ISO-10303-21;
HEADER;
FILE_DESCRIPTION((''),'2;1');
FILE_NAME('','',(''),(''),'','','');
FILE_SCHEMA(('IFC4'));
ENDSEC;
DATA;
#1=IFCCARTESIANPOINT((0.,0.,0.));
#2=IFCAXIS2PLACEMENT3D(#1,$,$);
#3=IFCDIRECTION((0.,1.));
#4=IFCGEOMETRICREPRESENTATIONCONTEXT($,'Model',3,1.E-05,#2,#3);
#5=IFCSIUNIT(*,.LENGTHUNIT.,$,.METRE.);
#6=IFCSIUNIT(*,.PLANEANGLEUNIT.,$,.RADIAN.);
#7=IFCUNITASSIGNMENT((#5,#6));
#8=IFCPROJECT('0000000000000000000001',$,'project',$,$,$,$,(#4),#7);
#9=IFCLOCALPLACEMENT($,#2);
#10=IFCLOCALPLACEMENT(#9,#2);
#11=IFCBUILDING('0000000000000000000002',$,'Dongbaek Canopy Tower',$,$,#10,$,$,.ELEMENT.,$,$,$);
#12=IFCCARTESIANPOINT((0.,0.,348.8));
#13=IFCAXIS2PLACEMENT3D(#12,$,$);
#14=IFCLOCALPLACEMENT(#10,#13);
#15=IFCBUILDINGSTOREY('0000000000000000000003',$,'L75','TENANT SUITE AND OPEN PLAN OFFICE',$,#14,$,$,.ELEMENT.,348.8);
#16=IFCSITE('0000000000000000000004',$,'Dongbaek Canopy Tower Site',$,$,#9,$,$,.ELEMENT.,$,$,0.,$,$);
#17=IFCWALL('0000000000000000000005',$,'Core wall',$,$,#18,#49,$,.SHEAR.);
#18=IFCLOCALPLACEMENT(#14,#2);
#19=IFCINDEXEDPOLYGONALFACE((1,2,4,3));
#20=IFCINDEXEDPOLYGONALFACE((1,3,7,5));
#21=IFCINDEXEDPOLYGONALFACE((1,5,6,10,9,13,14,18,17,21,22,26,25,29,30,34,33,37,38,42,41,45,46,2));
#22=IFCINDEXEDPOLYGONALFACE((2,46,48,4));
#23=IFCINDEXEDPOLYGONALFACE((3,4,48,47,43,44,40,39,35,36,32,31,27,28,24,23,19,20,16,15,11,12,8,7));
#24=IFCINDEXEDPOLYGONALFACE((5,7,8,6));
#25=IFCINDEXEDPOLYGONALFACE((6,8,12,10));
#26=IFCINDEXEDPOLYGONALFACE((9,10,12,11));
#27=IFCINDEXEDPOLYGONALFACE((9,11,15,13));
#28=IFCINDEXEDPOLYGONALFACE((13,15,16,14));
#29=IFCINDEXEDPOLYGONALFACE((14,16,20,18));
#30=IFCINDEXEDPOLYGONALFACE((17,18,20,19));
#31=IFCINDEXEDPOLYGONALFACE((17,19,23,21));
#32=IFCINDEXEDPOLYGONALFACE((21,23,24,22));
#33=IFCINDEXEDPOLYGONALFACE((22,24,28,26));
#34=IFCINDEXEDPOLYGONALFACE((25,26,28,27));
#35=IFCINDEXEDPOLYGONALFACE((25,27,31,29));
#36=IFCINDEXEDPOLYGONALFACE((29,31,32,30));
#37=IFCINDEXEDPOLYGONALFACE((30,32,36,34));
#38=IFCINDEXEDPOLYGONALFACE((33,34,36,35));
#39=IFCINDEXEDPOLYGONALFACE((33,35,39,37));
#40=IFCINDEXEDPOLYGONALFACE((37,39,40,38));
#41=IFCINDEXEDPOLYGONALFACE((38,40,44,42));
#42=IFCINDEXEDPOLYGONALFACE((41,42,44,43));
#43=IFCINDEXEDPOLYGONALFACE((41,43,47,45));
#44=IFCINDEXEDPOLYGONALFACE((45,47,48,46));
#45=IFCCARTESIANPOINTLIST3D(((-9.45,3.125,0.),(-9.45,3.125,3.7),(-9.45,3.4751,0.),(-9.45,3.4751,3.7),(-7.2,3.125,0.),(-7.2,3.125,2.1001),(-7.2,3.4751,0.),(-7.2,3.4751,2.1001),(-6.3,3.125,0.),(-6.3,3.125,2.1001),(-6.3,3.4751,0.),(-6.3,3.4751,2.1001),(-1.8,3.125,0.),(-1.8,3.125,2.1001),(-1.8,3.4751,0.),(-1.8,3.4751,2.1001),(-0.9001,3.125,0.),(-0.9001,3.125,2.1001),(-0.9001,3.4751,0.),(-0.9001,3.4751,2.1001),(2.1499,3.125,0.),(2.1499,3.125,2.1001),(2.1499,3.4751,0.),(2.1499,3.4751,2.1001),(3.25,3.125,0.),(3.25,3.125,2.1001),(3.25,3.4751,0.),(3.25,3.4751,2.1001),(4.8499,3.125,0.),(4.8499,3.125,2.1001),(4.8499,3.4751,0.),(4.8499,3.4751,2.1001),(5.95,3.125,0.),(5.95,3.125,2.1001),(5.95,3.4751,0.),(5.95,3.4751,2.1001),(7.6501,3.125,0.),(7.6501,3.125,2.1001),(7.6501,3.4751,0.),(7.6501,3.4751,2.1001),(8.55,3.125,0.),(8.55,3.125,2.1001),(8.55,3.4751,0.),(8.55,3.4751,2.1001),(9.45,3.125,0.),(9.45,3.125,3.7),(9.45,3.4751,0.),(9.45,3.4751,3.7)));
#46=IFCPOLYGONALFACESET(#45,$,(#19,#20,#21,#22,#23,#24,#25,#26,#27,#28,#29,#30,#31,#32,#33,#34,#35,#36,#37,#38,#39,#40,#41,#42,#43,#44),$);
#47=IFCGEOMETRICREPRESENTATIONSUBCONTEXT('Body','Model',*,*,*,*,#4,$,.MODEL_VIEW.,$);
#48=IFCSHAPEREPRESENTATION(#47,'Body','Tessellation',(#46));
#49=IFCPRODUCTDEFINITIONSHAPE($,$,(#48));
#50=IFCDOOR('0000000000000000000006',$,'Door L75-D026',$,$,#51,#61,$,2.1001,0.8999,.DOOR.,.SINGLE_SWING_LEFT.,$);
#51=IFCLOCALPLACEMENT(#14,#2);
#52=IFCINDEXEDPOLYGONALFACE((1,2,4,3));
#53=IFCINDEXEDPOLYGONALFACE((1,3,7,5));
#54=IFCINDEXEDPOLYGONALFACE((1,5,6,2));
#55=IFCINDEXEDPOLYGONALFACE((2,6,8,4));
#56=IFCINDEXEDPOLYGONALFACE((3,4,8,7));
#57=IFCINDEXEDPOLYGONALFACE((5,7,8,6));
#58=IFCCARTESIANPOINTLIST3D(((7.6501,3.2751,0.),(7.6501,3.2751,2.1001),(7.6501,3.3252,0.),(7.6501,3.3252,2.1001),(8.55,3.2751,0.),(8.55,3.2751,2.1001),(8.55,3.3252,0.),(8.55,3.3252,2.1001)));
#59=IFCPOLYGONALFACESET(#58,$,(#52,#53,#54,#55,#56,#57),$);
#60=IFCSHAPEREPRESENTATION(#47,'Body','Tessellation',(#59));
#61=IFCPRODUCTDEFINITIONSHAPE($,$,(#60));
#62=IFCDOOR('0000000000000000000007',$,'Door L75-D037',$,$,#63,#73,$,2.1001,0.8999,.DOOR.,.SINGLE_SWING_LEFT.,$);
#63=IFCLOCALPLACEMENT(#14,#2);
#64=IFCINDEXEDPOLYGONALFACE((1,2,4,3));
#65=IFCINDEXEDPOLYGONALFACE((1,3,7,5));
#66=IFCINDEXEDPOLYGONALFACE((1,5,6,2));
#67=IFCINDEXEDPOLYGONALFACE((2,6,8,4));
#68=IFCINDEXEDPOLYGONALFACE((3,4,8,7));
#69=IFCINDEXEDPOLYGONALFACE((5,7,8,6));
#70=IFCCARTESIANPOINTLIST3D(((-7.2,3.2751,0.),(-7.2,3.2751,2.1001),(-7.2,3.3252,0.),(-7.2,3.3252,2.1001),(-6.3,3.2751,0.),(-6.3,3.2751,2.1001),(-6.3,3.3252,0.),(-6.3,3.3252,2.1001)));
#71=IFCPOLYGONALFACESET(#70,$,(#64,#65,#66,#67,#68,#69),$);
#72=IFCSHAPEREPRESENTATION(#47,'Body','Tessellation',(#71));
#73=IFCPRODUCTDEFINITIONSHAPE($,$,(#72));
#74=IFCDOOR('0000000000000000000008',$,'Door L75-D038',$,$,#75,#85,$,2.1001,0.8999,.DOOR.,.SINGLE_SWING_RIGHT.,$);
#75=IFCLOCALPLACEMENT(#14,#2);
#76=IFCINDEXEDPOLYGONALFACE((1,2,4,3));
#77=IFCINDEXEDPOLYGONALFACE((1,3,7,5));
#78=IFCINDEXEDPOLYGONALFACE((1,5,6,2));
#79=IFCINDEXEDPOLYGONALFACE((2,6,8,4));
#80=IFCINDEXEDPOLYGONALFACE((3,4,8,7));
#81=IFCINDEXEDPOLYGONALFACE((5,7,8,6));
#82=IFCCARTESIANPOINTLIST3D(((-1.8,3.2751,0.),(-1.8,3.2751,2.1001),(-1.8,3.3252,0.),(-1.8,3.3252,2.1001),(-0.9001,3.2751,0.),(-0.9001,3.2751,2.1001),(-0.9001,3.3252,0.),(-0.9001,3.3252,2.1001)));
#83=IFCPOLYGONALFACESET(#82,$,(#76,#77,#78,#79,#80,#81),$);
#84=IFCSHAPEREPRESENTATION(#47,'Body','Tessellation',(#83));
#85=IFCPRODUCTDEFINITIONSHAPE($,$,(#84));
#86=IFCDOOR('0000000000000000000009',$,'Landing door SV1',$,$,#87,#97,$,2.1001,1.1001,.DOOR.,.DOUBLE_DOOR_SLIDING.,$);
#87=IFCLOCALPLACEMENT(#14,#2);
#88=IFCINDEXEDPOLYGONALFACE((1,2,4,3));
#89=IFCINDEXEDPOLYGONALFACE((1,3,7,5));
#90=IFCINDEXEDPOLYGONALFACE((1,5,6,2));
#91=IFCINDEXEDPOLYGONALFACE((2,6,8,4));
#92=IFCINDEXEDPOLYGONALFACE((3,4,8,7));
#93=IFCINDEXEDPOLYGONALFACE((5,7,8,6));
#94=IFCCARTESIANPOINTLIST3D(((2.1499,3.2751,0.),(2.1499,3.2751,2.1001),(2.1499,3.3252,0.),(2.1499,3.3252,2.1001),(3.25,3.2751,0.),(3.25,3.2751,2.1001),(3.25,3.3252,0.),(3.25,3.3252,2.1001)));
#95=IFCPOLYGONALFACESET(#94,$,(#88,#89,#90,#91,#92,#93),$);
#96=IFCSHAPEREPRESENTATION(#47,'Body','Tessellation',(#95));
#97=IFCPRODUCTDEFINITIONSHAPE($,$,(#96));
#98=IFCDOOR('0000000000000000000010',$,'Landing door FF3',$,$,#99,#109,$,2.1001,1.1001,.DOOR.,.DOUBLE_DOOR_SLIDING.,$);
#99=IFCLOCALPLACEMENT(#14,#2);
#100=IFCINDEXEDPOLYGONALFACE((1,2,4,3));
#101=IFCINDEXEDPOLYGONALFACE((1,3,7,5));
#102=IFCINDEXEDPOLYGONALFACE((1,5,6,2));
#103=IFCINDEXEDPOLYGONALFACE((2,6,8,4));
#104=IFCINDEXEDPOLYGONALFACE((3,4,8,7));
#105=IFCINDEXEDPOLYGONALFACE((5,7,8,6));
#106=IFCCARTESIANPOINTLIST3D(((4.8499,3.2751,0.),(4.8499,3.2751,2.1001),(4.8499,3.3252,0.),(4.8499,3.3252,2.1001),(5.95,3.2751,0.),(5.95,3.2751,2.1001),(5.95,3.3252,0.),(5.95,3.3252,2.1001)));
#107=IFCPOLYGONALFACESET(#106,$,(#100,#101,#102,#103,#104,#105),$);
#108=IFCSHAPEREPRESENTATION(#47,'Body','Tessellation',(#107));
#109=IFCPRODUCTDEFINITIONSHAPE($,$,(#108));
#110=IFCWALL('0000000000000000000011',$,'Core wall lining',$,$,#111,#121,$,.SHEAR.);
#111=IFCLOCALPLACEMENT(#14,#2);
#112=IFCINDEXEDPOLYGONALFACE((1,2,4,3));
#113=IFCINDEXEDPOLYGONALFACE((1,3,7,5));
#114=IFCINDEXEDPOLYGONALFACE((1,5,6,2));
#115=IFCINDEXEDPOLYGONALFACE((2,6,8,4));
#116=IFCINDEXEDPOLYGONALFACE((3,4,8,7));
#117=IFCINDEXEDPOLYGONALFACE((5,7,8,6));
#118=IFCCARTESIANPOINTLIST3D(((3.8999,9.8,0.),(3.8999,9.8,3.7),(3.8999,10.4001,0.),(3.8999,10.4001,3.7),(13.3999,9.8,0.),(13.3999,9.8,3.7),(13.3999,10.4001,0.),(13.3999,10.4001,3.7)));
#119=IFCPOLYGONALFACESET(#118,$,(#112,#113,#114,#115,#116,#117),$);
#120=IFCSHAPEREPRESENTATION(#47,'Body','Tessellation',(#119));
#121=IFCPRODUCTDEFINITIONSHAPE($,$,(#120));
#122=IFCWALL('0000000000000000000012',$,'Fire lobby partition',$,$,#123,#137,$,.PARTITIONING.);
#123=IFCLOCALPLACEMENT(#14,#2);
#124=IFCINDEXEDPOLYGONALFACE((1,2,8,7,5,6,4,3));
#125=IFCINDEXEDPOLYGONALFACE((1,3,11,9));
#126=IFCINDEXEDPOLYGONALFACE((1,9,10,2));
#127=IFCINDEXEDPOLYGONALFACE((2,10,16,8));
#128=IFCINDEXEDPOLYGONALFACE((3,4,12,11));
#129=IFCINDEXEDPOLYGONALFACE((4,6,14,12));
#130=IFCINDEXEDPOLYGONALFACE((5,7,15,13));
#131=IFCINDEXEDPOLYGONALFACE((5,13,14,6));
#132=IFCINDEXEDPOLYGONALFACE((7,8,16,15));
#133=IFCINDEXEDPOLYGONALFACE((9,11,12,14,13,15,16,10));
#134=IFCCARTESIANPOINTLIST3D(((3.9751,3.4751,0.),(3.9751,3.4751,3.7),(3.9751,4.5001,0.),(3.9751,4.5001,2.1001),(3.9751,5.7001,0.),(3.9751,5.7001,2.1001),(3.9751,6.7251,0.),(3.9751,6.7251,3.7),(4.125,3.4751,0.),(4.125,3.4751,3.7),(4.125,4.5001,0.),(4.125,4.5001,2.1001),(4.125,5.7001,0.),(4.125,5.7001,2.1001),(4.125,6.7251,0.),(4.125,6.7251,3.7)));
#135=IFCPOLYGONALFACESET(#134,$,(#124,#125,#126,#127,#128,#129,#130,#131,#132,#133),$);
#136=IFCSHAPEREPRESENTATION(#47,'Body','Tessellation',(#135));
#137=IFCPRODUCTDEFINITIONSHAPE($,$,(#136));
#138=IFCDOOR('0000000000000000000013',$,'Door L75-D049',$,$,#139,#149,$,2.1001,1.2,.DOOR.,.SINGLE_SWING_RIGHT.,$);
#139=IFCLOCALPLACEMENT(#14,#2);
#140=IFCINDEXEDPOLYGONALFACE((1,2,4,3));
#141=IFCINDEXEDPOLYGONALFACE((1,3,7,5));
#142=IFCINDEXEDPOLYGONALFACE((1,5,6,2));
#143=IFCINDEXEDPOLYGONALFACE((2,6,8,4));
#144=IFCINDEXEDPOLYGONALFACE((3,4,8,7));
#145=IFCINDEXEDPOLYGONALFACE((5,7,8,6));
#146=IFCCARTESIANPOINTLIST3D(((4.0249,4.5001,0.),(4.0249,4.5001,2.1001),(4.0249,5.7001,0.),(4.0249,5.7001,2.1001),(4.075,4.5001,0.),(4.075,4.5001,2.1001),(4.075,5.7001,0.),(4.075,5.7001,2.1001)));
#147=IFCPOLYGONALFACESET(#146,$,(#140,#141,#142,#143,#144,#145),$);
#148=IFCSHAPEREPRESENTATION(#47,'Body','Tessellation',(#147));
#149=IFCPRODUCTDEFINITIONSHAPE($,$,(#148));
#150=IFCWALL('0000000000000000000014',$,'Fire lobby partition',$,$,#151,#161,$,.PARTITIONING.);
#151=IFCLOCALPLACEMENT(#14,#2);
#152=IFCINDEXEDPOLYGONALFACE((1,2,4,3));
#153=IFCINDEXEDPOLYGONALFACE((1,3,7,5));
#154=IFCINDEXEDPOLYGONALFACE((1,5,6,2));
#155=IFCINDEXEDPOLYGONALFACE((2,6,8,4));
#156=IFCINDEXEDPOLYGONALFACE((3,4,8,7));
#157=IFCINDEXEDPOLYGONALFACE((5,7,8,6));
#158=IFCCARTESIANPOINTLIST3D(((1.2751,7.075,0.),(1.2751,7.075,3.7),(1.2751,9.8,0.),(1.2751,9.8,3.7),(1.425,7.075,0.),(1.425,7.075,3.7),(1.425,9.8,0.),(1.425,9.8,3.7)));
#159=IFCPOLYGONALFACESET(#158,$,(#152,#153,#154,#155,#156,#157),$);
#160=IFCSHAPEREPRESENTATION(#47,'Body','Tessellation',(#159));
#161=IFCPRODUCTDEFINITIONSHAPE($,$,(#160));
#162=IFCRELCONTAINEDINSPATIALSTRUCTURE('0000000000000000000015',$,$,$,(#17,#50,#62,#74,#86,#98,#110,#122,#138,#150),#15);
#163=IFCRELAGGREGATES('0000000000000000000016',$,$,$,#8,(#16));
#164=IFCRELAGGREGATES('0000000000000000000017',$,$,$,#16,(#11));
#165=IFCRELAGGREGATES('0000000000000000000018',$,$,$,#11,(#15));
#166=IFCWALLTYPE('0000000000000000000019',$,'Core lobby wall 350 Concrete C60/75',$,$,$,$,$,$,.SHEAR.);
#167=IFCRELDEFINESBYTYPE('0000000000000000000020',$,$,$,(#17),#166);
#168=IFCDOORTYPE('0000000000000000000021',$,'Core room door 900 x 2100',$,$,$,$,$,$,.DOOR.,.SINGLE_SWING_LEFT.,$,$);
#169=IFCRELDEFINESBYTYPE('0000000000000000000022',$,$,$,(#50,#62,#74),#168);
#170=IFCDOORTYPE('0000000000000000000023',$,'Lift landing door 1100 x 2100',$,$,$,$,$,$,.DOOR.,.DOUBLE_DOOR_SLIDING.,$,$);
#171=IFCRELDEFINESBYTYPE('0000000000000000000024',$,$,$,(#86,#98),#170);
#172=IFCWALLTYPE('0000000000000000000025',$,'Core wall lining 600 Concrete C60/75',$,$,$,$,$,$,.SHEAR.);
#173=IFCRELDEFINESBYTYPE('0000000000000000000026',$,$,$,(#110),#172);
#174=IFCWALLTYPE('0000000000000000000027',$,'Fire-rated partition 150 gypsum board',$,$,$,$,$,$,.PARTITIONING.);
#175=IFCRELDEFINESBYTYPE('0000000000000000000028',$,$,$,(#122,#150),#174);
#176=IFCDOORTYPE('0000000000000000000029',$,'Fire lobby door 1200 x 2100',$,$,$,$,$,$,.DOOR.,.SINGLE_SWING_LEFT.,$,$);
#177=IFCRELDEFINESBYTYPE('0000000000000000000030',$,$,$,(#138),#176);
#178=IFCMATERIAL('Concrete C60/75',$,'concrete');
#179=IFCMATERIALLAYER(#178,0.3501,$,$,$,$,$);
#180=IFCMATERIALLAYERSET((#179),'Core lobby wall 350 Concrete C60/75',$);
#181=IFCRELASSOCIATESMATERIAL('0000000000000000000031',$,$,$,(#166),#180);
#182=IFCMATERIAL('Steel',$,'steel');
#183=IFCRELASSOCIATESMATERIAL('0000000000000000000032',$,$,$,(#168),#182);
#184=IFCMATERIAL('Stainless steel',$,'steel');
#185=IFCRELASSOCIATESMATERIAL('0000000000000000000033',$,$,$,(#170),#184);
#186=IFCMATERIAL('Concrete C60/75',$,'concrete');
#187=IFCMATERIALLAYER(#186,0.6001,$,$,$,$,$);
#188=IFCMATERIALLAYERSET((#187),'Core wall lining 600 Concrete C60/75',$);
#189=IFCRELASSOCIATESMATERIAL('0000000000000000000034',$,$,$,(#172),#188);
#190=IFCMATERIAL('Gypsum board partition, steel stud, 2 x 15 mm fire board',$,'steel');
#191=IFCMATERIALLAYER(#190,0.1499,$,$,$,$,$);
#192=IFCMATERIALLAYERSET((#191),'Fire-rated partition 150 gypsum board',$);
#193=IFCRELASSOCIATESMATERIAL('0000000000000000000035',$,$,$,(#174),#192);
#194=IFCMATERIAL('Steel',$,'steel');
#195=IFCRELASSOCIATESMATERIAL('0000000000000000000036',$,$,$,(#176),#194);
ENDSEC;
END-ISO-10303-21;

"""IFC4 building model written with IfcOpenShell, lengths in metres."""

from ifc_helpers import new_model, si_unit, direction, frame, frame_2d, origin, place, context, subcontext, project, spatial, rectangle, extrude, material, layer, layer_set, type_object, element, fill, save


model = new_model("IFC4")

# Units and contexts
model_context = context("Model", 3, precision=1e-05, world=origin(), true_north=direction((0.0, 1.0)))
body_context = subcontext(model_context, "Body", "Model", "MODEL_VIEW")
ifc_project = project(units=[si_unit("LENGTHUNIT", "METRE"), si_unit("PLANEANGLEUNIT", "RADIAN")], contexts=[model_context])

# Site, building, storey
site_placement = place(None, origin())
site = spatial("IfcSite", under=ifc_project, at=site_placement, Name="Dongbaek Canopy Tower Site", CompositionType="ELEMENT", RefElevation=0.0)
building_placement = place(site_placement, origin())
building = spatial("IfcBuilding", under=site, at=building_placement, Name="Dongbaek Canopy Tower", CompositionType="ELEMENT")
storey_placement = place(building_placement, frame((0.0, 0.0, 348.8)))
storey = spatial("IfcBuildingStorey", under=building, at=storey_placement, Name="L75", Description="TENANT SUITE AND OPEN PLAN OFFICE", CompositionType="ELEMENT", Elevation=348.8)

# Wall, openings, doors
ifc_material_1 = material(Name="Concrete C60/75", Category="concrete")
ifc_layer_1 = layer(ifc_material_1, 0.3501)
ifc_layer_set_1 = layer_set([ifc_layer_1], Name="Core lobby wall 350 Concrete C60/75")
wall_type_1 = type_object("IfcWallType", Name="Core lobby wall 350 Concrete C60/75", PredefinedType="SHEAR", material=ifc_layer_set_1)
wall_1_placement = place(storey_placement, frame((9.45, 3.3, 0.0), z_axis=(0.0, 0.0, 1.0), x_axis=(-1.0, 0.0, 0.0)))
wall_1 = element("IfcWall", 1, at=wall_1_placement, inside=storey, type_object=wall_type_1, Name="Core wall", PredefinedType="SHEAR", context=body_context, shape_type="SweptSolid", body=[
    extrude(rectangle(XDim=18.8999, YDim=0.3501, at=frame_2d((9.45, 0.0))), origin(), (0.0, 0.0, 1.0), 3.7),
])
opening_1_placement = place(wall_1_placement, frame((6.2, 0.0, 0.0)))
opening_1 = element("IfcOpeningElement", 2, at=opening_1_placement, cuts=wall_1, PredefinedType="OPENING", context=body_context, shape_type="SweptSolid", body=[
    extrude(rectangle(XDim=1.1001, YDim=2.1001, at=frame_2d((0.55, 1.05))), frame((0.0, 0.1851, 0.0), z_axis=(0.0, -1.0, 0.0), x_axis=(1.0, 0.0, 0.0)), (0.0, 0.0, 1.0), 0.3701),
])
opening_2_placement = place(wall_1_placement, frame((3.5, 0.0, 0.0)))
opening_2 = element("IfcOpeningElement", 3, at=opening_2_placement, cuts=wall_1, PredefinedType="OPENING", context=body_context, shape_type="SweptSolid", body=[
    extrude(rectangle(XDim=1.1001, YDim=2.1001, at=frame_2d((0.55, 1.05))), frame((0.0, 0.1851, 0.0), z_axis=(0.0, -1.0, 0.0), x_axis=(1.0, 0.0, 0.0)), (0.0, 0.0, 1.0), 0.3701),
])
opening_3_placement = place(wall_1_placement, frame((0.8999, 0.0, 0.0)))
opening_3 = element("IfcOpeningElement", 4, at=opening_3_placement, cuts=wall_1, PredefinedType="OPENING", context=body_context, shape_type="SweptSolid", body=[
    extrude(rectangle(XDim=0.8999, YDim=2.1001, at=frame_2d((0.45, 1.05))), frame((0.0, 0.1851, 0.0), z_axis=(0.0, -1.0, 0.0), x_axis=(1.0, 0.0, 0.0)), (0.0, 0.0, 1.0), 0.3701),
])
opening_4_placement = place(wall_1_placement, frame((15.75, 0.0, 0.0)))
opening_4 = element("IfcOpeningElement", 5, at=opening_4_placement, cuts=wall_1, PredefinedType="OPENING", context=body_context, shape_type="SweptSolid", body=[
    extrude(rectangle(XDim=0.8999, YDim=2.1001, at=frame_2d((0.45, 1.05))), frame((0.0, 0.1851, 0.0), z_axis=(0.0, -1.0, 0.0), x_axis=(1.0, 0.0, 0.0)), (0.0, 0.0, 1.0), 0.3701),
])
opening_5_placement = place(wall_1_placement, frame((10.3501, 0.0, 0.0)))
opening_5 = element("IfcOpeningElement", 6, at=opening_5_placement, cuts=wall_1, PredefinedType="OPENING", context=body_context, shape_type="SweptSolid", body=[
    extrude(rectangle(XDim=0.8999, YDim=2.1001, at=frame_2d((0.45, 1.05))), frame((0.0, 0.1851, 0.0), z_axis=(0.0, -1.0, 0.0), x_axis=(1.0, 0.0, 0.0)), (0.0, 0.0, 1.0), 0.3701),
])
ifc_material_2 = material(Name="Steel", Category="steel")
door_type_1 = type_object("IfcDoorType", Name="Core room door 900 x 2100", OperationType="SINGLE_SWING_LEFT", PredefinedType="DOOR", material=ifc_material_2)
door_1_placement = place(opening_3_placement, origin())
door_1 = element("IfcDoor", 7, at=door_1_placement, inside=storey, type_object=door_type_1, Name="Door L75-D026", OperationType="SINGLE_SWING_LEFT", OverallHeight=2.1001, OverallWidth=0.8999, PredefinedType="DOOR", context=body_context, shape_type="SweptSolid", body=[
    extrude(rectangle(XDim=0.8999, YDim=2.1001, at=frame_2d((0.45, 1.05))), frame((0.0, 0.0249, 0.0), z_axis=(0.0, -1.0, 0.0), x_axis=(1.0, 0.0, 0.0)), (0.0, 0.0, 1.0), 0.05),
])
fill(opening_3, door_1)
door_2_placement = place(opening_4_placement, origin())
door_2 = element("IfcDoor", 8, at=door_2_placement, inside=storey, type_object=door_type_1, Name="Door L75-D037", OperationType="SINGLE_SWING_LEFT", OverallHeight=2.1001, OverallWidth=0.8999, PredefinedType="DOOR", context=body_context, shape_type="SweptSolid", body=[
    extrude(rectangle(XDim=0.8999, YDim=2.1001, at=frame_2d((0.45, 1.05))), frame((0.0, 0.0249, 0.0), z_axis=(0.0, -1.0, 0.0), x_axis=(1.0, 0.0, 0.0)), (0.0, 0.0, 1.0), 0.05),
])
fill(opening_4, door_2)
door_3_placement = place(opening_5_placement, origin())
door_3 = element("IfcDoor", 9, at=door_3_placement, inside=storey, type_object=door_type_1, Name="Door L75-D038", OperationType="SINGLE_SWING_RIGHT", OverallHeight=2.1001, OverallWidth=0.8999, PredefinedType="DOOR", context=body_context, shape_type="SweptSolid", body=[
    extrude(rectangle(XDim=0.8999, YDim=2.1001, at=frame_2d((0.45, 1.05))), frame((0.0, 0.0249, 0.0), z_axis=(0.0, -1.0, 0.0), x_axis=(1.0, 0.0, 0.0)), (0.0, 0.0, 1.0), 0.05),
])
fill(opening_5, door_3)
ifc_material_3 = material(Name="Stainless steel", Category="steel")
door_type_2 = type_object("IfcDoorType", Name="Lift landing door 1100 x 2100", OperationType="DOUBLE_DOOR_SLIDING", PredefinedType="DOOR", material=ifc_material_3)
door_4_placement = place(opening_1_placement, origin())
door_4 = element("IfcDoor", 10, at=door_4_placement, inside=storey, type_object=door_type_2, Name="Landing door SV1", OperationType="DOUBLE_DOOR_SLIDING", OverallHeight=2.1001, OverallWidth=1.1001, PredefinedType="DOOR", context=body_context, shape_type="SweptSolid", body=[
    extrude(rectangle(XDim=1.1001, YDim=2.1001, at=frame_2d((0.55, 1.05))), frame((0.0, 0.0249, 0.0), z_axis=(0.0, -1.0, 0.0), x_axis=(1.0, 0.0, 0.0)), (0.0, 0.0, 1.0), 0.05),
])
fill(opening_1, door_4)
door_5_placement = place(opening_2_placement, origin())
door_5 = element("IfcDoor", 11, at=door_5_placement, inside=storey, type_object=door_type_2, Name="Landing door FF3", OperationType="DOUBLE_DOOR_SLIDING", OverallHeight=2.1001, OverallWidth=1.1001, PredefinedType="DOOR", context=body_context, shape_type="SweptSolid", body=[
    extrude(rectangle(XDim=1.1001, YDim=2.1001, at=frame_2d((0.55, 1.05))), frame((0.0, 0.0249, 0.0), z_axis=(0.0, -1.0, 0.0), x_axis=(1.0, 0.0, 0.0)), (0.0, 0.0, 1.0), 0.05),
])
fill(opening_2, door_5)

# Wall
ifc_material_4 = material(Name="Concrete C60/75", Category="concrete")
ifc_layer_2 = layer(ifc_material_4, 0.6001)
ifc_layer_set_2 = layer_set([ifc_layer_2], Name="Core wall lining 600 Concrete C60/75")
wall_type_2 = type_object("IfcWallType", Name="Core wall lining 600 Concrete C60/75", PredefinedType="SHEAR", material=ifc_layer_set_2)
wall_2_placement = place(storey_placement, frame((3.8999, 10.1001, 0.0), z_axis=(0.0, 0.0, 1.0), x_axis=(1.0, 0.0, 0.0)))
element("IfcWall", 12, at=wall_2_placement, inside=storey, type_object=wall_type_2, Name="Core wall lining", PredefinedType="SHEAR", context=body_context, shape_type="SweptSolid", body=[
    extrude(rectangle(XDim=9.5, YDim=0.6001, at=frame_2d((4.75, 0.0))), origin(), (0.0, 0.0, 1.0), 3.7),
])

# Wall, opening, door
ifc_material_5 = material(Name="Gypsum board partition, steel stud, 2 x 15 mm fire board", Category="steel")
ifc_layer_3 = layer(ifc_material_5, 0.1499)
ifc_layer_set_3 = layer_set([ifc_layer_3], Name="Fire-rated partition 150 gypsum board")
wall_type_3 = type_object("IfcWallType", Name="Fire-rated partition 150 gypsum board", PredefinedType="PARTITIONING", material=ifc_layer_set_3)
wall_3_placement = place(storey_placement, frame((4.05, 6.7251, 0.0), z_axis=(0.0, 0.0, 1.0), x_axis=(0.0, -1.0, 0.0)))
wall_3 = element("IfcWall", 13, at=wall_3_placement, inside=storey, type_object=wall_type_3, Name="Fire lobby partition", PredefinedType="PARTITIONING", context=body_context, shape_type="SweptSolid", body=[
    extrude(rectangle(XDim=3.25, YDim=0.1499, at=frame_2d((1.625, 0.0))), origin(), (0.0, 0.0, 1.0), 3.7),
])
opening_6_placement = place(wall_3_placement, frame((1.0249, 0.0, 0.0)))
opening_6 = element("IfcOpeningElement", 14, at=opening_6_placement, cuts=wall_3, PredefinedType="OPENING", context=body_context, shape_type="SweptSolid", body=[
    extrude(rectangle(XDim=1.2, YDim=2.1001, at=frame_2d((0.6001, 1.05))), frame((0.0, 0.085, 0.0), z_axis=(0.0, -1.0, 0.0), x_axis=(1.0, 0.0, 0.0)), (0.0, 0.0, 1.0), 0.1699),
])
ifc_material_6 = material(Name="Steel", Category="steel")
door_type_3 = type_object("IfcDoorType", Name="Fire lobby door 1200 x 2100", OperationType="SINGLE_SWING_LEFT", PredefinedType="DOOR", material=ifc_material_6)
door_6_placement = place(opening_6_placement, origin())
door_6 = element("IfcDoor", 15, at=door_6_placement, inside=storey, type_object=door_type_3, Name="Door L75-D049", OperationType="SINGLE_SWING_RIGHT", OverallHeight=2.1001, OverallWidth=1.2, PredefinedType="DOOR", context=body_context, shape_type="SweptSolid", body=[
    extrude(rectangle(XDim=1.2, YDim=2.1001, at=frame_2d((0.6001, 1.05))), frame((0.0, 0.0249, 0.0), z_axis=(0.0, -1.0, 0.0), x_axis=(1.0, 0.0, 0.0)), (0.0, 0.0, 1.0), 0.05),
])
fill(opening_6, door_6)

# Wall
wall_4_placement = place(storey_placement, frame((1.3501, 7.075, 0.0), z_axis=(0.0, 0.0, 1.0), x_axis=(0.0, 1.0, 0.0)))
element("IfcWall", 16, at=wall_4_placement, inside=storey, type_object=wall_type_3, Name="Fire lobby partition", PredefinedType="PARTITIONING", context=body_context, shape_type="SweptSolid", body=[
    extrude(rectangle(XDim=2.7251, YDim=0.1499, at=frame_2d((1.3625, 0.0))), origin(), (0.0, 0.0, 1.0), 3.7),
])

save(model, "model.ifc")
